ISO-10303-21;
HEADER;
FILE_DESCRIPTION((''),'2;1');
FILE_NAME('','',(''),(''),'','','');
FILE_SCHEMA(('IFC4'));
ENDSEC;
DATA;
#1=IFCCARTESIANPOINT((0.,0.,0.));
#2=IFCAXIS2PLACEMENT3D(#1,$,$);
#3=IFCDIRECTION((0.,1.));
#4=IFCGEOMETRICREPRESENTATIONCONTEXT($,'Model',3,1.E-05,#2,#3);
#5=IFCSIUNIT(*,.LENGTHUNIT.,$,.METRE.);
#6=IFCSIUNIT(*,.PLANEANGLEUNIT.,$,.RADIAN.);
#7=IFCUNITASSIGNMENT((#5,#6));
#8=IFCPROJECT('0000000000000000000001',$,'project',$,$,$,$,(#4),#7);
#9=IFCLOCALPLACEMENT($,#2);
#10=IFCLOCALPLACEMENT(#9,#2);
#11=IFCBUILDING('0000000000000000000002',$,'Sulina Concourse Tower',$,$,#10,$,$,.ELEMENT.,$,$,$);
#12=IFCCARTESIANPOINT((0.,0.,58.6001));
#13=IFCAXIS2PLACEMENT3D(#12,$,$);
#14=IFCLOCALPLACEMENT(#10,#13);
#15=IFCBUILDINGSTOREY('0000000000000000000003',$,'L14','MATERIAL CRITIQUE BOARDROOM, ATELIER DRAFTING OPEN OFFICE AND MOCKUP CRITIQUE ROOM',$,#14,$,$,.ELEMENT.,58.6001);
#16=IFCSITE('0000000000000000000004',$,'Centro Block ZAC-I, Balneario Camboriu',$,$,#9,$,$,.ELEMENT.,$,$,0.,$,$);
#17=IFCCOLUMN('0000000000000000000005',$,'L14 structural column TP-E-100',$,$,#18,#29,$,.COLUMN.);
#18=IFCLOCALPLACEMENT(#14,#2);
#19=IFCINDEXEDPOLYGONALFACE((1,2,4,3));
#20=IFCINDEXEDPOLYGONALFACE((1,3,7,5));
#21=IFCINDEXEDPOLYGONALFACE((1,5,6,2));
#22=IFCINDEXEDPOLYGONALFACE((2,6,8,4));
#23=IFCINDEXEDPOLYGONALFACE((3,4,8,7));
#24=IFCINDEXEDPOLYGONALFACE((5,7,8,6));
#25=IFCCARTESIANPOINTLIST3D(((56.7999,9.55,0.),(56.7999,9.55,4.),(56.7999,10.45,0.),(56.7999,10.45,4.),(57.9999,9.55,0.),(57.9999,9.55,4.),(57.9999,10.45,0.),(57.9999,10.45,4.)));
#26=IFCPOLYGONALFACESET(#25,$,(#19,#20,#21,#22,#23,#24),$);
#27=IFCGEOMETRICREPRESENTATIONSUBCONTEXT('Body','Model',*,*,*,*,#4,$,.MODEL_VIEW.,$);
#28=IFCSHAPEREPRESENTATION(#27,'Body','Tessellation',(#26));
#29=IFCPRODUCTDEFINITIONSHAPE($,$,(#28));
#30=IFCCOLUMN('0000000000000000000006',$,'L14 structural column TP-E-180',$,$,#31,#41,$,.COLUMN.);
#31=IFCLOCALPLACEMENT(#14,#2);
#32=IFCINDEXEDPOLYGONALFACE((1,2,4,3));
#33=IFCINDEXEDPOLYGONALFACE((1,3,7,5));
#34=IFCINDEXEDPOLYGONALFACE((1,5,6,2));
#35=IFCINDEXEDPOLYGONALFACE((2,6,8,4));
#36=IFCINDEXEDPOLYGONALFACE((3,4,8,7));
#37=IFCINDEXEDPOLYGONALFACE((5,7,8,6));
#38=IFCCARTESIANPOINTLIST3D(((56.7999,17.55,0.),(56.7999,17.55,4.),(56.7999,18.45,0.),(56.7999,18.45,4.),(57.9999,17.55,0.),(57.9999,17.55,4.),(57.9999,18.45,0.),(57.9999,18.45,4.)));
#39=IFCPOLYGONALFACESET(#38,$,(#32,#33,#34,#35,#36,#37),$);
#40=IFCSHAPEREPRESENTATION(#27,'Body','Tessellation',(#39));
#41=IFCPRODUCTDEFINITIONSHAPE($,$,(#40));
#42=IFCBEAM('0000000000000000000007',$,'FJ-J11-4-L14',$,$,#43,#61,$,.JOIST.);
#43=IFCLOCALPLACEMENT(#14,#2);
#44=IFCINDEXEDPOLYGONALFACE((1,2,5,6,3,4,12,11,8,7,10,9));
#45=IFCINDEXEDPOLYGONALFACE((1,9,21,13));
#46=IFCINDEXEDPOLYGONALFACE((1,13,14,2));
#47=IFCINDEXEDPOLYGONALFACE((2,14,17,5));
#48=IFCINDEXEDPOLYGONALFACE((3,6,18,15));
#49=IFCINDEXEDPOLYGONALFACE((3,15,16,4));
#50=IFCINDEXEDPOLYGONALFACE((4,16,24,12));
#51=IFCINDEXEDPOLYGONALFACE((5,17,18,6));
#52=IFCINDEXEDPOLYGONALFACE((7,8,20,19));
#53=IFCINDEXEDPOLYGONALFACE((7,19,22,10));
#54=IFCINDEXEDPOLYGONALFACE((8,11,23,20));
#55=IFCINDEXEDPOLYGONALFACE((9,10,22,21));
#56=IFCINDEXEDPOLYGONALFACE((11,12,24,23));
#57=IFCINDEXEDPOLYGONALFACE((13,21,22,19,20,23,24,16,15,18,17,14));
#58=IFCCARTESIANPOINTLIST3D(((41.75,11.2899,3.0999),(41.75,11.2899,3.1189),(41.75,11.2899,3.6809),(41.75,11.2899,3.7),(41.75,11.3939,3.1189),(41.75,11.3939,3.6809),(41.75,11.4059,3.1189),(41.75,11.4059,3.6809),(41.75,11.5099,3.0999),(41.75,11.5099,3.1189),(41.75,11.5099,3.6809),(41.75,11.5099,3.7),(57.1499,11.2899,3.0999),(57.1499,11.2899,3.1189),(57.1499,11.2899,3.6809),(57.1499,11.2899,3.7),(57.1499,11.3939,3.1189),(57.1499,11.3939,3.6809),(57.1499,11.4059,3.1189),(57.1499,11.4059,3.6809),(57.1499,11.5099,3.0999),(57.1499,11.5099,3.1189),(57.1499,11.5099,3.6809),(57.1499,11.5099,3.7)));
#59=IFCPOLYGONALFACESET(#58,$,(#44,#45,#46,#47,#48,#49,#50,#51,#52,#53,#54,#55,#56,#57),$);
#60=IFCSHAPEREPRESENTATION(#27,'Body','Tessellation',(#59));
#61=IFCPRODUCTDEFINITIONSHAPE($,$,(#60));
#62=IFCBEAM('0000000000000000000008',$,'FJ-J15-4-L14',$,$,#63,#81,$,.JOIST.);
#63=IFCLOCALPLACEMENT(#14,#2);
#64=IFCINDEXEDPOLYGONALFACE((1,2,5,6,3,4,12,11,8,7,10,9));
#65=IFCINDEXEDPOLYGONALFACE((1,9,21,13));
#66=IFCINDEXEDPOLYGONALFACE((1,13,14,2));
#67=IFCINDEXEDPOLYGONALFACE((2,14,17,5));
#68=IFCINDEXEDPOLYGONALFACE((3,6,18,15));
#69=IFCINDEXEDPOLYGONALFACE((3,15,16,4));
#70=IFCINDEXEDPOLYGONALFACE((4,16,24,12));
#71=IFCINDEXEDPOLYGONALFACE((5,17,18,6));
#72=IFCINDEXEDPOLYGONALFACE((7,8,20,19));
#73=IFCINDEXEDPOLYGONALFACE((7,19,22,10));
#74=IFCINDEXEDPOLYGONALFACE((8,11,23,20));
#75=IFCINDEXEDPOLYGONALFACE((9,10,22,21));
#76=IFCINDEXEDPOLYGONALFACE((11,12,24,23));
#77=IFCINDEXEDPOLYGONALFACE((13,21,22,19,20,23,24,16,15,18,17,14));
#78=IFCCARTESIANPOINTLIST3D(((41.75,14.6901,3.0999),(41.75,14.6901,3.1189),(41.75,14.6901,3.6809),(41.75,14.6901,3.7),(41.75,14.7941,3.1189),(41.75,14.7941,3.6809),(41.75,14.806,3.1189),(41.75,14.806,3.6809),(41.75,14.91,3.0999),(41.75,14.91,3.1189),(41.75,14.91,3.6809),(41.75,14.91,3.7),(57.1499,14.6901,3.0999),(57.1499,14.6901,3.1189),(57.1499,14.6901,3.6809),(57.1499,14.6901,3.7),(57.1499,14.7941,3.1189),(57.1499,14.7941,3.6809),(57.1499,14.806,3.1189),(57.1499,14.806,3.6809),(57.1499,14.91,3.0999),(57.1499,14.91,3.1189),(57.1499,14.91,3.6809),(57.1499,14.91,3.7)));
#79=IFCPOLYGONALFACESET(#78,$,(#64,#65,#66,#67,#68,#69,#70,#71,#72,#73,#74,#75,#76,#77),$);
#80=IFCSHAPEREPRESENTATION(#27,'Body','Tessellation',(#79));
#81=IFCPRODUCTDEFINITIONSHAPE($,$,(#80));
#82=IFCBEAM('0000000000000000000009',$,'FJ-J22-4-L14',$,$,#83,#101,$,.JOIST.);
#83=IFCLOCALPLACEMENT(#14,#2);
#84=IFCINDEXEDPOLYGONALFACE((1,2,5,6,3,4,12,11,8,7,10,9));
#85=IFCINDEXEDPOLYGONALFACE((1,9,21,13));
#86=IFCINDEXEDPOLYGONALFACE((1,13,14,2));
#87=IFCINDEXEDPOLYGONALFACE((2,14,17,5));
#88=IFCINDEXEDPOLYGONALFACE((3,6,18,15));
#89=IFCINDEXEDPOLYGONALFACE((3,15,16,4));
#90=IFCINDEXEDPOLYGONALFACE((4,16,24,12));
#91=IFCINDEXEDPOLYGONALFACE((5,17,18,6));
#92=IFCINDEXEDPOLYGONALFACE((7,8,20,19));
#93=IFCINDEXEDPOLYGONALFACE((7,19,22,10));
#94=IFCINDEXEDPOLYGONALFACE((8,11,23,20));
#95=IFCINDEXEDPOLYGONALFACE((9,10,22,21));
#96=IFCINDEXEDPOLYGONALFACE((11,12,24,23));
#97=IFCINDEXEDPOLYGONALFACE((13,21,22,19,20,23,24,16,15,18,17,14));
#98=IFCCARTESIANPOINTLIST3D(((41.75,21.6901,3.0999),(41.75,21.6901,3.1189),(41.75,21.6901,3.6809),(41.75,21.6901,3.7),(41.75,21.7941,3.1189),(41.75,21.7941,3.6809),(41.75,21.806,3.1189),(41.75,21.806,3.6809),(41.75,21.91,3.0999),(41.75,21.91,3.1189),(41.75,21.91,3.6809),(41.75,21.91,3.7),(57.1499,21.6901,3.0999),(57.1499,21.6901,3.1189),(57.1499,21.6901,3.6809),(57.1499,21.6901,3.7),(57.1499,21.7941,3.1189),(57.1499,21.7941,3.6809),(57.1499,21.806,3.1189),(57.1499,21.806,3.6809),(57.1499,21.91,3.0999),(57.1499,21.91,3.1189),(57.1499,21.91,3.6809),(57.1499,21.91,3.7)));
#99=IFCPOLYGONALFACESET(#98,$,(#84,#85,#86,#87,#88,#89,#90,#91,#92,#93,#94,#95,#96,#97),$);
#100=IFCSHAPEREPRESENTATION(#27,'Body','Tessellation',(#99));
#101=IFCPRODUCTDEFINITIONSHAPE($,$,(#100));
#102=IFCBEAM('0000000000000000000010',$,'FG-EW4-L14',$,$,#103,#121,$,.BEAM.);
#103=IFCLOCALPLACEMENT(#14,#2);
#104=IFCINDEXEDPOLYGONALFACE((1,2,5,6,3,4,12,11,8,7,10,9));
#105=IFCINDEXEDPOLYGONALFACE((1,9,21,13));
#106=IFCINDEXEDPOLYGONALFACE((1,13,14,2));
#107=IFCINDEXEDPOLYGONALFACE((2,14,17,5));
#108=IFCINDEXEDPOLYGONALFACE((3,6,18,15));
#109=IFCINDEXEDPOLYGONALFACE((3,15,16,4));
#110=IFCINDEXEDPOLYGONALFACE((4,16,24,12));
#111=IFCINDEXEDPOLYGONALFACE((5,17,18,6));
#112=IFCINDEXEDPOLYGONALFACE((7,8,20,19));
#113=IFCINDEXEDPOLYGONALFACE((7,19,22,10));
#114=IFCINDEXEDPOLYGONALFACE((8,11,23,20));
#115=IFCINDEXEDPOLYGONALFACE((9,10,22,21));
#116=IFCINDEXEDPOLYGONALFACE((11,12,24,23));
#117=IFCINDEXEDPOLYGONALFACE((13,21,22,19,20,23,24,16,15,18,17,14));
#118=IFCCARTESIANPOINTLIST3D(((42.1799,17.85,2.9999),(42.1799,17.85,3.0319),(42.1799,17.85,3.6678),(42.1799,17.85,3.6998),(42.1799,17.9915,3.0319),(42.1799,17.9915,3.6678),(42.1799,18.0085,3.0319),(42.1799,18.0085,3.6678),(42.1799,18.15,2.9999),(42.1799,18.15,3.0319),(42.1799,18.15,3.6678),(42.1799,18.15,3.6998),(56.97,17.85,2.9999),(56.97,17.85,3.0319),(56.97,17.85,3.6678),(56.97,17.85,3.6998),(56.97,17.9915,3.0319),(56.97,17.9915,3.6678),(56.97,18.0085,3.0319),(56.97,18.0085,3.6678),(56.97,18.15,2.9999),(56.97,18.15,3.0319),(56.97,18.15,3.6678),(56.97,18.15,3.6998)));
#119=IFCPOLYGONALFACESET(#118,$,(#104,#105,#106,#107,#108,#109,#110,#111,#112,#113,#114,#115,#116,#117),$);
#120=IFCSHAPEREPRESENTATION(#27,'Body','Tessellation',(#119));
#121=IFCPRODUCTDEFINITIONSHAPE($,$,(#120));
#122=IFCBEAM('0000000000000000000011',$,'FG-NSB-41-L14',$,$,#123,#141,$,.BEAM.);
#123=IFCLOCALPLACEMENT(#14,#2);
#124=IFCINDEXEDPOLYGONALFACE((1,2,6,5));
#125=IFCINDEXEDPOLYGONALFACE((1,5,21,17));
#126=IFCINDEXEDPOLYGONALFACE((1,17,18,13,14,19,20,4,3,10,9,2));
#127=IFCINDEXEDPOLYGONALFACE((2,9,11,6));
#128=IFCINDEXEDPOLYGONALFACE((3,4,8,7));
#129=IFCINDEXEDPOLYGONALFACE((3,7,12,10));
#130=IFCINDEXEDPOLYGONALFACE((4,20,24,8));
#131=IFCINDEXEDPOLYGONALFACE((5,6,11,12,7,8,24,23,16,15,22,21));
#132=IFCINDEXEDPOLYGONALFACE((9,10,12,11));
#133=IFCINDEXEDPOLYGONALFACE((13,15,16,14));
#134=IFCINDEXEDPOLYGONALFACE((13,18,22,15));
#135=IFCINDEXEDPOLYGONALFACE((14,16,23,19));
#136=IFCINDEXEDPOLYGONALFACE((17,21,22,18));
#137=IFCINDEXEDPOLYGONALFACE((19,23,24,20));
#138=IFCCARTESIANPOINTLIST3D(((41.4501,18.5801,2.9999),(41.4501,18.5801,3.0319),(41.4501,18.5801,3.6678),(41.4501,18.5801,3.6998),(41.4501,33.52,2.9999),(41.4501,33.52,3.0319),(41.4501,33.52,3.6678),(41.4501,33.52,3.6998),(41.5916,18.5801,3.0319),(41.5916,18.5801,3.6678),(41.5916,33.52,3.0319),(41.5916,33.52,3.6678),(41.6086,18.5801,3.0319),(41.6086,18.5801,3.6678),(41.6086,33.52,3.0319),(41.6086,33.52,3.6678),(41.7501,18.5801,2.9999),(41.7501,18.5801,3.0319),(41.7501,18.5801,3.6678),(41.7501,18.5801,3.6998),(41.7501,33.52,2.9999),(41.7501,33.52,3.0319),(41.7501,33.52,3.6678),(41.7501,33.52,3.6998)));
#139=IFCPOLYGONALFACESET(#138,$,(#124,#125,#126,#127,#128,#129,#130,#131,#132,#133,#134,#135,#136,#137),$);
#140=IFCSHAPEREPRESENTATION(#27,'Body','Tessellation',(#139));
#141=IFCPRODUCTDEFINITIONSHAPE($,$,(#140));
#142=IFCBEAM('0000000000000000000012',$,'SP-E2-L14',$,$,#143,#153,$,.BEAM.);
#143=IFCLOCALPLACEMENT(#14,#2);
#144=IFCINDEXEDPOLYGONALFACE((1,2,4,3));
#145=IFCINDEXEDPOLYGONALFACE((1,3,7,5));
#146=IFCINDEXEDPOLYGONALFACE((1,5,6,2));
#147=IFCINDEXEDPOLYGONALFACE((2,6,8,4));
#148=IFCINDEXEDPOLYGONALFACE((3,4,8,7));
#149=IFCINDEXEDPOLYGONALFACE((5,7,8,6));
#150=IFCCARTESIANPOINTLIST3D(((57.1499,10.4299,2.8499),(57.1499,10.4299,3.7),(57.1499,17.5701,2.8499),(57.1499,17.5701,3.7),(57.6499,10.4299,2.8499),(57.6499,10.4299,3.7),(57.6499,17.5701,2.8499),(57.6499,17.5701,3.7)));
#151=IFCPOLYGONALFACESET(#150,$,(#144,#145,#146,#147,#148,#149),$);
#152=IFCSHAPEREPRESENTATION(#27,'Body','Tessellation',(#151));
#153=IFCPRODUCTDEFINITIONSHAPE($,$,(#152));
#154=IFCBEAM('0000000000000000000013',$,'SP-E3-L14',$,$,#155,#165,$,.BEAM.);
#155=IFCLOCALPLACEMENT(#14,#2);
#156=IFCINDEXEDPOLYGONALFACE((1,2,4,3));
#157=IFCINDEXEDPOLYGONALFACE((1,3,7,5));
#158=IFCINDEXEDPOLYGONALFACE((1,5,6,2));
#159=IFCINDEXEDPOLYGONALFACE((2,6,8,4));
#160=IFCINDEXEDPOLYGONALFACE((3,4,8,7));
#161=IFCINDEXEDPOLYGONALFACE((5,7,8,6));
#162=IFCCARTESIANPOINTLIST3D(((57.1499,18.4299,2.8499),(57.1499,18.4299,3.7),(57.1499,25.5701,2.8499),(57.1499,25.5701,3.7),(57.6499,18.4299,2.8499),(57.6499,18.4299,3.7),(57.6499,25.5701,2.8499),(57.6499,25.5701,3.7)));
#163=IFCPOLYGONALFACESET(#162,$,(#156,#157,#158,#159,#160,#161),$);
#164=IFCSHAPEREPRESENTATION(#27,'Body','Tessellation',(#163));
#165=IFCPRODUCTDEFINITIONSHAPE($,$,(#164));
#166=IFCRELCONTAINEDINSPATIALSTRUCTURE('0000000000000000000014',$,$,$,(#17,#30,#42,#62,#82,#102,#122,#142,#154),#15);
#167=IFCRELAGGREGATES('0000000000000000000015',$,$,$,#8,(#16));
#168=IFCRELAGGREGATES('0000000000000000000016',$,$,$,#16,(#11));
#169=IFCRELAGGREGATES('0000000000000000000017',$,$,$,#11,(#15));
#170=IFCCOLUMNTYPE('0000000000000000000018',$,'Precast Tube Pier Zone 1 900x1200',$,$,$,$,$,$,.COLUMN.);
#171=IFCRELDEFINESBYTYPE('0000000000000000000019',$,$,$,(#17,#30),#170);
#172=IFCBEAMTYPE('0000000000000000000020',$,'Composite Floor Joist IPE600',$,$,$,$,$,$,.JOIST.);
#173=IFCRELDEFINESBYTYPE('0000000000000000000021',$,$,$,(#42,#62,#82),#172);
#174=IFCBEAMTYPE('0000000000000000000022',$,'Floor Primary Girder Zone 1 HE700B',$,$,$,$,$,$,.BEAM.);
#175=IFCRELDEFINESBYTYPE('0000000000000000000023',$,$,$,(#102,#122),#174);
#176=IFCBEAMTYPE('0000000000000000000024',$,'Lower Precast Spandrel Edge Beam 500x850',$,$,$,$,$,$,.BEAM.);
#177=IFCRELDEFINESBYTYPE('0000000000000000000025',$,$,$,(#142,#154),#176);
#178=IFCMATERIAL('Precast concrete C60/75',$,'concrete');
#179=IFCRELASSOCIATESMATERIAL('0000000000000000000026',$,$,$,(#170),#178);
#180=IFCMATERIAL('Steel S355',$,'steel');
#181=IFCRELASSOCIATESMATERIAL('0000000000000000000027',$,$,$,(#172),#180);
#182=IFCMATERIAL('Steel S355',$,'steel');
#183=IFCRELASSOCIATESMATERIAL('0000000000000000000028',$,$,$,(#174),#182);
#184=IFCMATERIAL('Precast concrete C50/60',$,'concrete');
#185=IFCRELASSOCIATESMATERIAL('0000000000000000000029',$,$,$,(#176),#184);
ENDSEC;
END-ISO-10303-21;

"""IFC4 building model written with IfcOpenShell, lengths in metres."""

from ifc_helpers import new_model, si_unit, direction, frame, origin, origin_2d, place, context, subcontext, project, spatial, rectangle, i_section, extrude, material, material_profile, profile_set, type_object, element, save


model = new_model("IFC4")

# Units and contexts
model_context = context("Model", 3, precision=1e-05, world=origin(), true_north=direction((0.0, 1.0)))
body_context = subcontext(model_context, "Body", "Model", "MODEL_VIEW")
ifc_project = project(units=[si_unit("LENGTHUNIT", "METRE"), si_unit("PLANEANGLEUNIT", "RADIAN")], contexts=[model_context])

# Site, building, storey
site_placement = place(None, origin())
site = spatial("IfcSite", under=ifc_project, at=site_placement, Name="Centro Block ZAC-I, Balneario Camboriu", CompositionType="ELEMENT", RefElevation=0.0)
building_placement = place(site_placement, origin())
building = spatial("IfcBuilding", under=site, at=building_placement, Name="Sulina Concourse Tower", CompositionType="ELEMENT")
storey_placement = place(building_placement, frame((0.0, 0.0, 58.6001)))
storey = spatial("IfcBuildingStorey", under=building, at=storey_placement, Name="L14", Description="MATERIAL CRITIQUE BOARDROOM, ATELIER DRAFTING OPEN OFFICE AND MOCKUP CRITIQUE ROOM", CompositionType="ELEMENT", Elevation=58.6001)

# Columns
ifc_material_1 = material(Name="Precast concrete C60/75", Category="concrete")
ifc_material_profile_1 = material_profile(ifc_material_1, rectangle(XDim=0.8999, YDim=1.2, at=origin_2d()), Name="PC 900x1200")
ifc_profile_set_1 = profile_set([ifc_material_profile_1], Name="Precast concrete C60/75")
column_type = type_object("IfcColumnType", Name="Precast Tube Pier Zone 1 900x1200", PredefinedType="COLUMN", material=ifc_profile_set_1)
for number, where, z_axis, x_axis, name in (
    (1, (57.3999, 10.0, 0.0), (0.0, 0.0, 1.0), (0.0, 1.0, 0.0), "L14 structural column TP-E-100"),
    (2, (57.3999, 18.0, 0.0), (0.0, 0.0, 1.0), (0.0, 1.0, 0.0), "L14 structural column TP-E-180"),
):
    element("IfcColumn", number, at=place(storey_placement, frame(where, z_axis=z_axis, x_axis=x_axis)), inside=storey, type_object=column_type, Name=name, PredefinedType="COLUMN", context=body_context, shape_type="SweptSolid", body=[
        extrude(rectangle(XDim=0.8999, YDim=1.2, at=origin_2d()), origin(), (0.0, 0.0, 1.0), 4.0),
    ])

# Beams
ifc_material_2 = material(Name="Steel S355", Category="steel")
ifc_material_profile_2 = material_profile(ifc_material_2, i_section(OverallWidth=0.22, OverallDepth=0.6001, WebThickness=0.012, FlangeThickness=0.019, at=origin_2d()), Name="IPE 600")
ifc_profile_set_2 = profile_set([ifc_material_profile_2], Name="Steel S355")
beam_type_1 = type_object("IfcBeamType", Name="Composite Floor Joist IPE600", PredefinedType="JOIST", material=ifc_profile_set_2)
for number, where, z_axis, x_axis, name in (
    (3, (41.75, 11.3999, 3.3999), (1.0, 0.0, 0.0), (0.0, 1.0, 0.0), "FJ-J11-4-L14"),
    (4, (41.75, 14.8, 3.3999), (1.0, 0.0, 0.0), (0.0, 1.0, 0.0), "FJ-J15-4-L14"),
    (5, (41.75, 21.8, 3.3999), (1.0, 0.0, 0.0), (0.0, 1.0, 0.0), "FJ-J22-4-L14"),
):
    element("IfcBeam", number, at=place(storey_placement, frame(where, z_axis=z_axis, x_axis=x_axis)), inside=storey, type_object=beam_type_1, Name=name, PredefinedType="JOIST", context=body_context, shape_type="SweptSolid", body=[
        extrude(i_section(OverallWidth=0.22, OverallDepth=0.6001, WebThickness=0.012, FlangeThickness=0.019, at=origin_2d()), origin(), (0.0, 0.0, 1.0), 15.3999),
    ])
ifc_material_3 = material(Name="Steel S355", Category="steel")
ifc_material_profile_3 = material_profile(ifc_material_3, i_section(OverallWidth=0.3, OverallDepth=0.7, WebThickness=0.0171, FlangeThickness=0.032, at=origin_2d()), Name="HE 700 B")
ifc_profile_set_3 = profile_set([ifc_material_profile_3], Name="Steel S355")
beam_type_2 = type_object("IfcBeamType", Name="Floor Primary Girder Zone 1 HE700B", PredefinedType="BEAM", material=ifc_profile_set_3)
beam_1_placement = place(storey_placement, frame((42.1799, 18.0, 3.3499), z_axis=(1.0, 0.0, 0.0), x_axis=(0.0, 1.0, 0.0)))
element("IfcBeam", 6, at=beam_1_placement, inside=storey, type_object=beam_type_2, Name="FG-EW4-L14", PredefinedType="BEAM", context=body_context, shape_type="SweptSolid", body=[
    extrude(i_section(OverallWidth=0.3, OverallDepth=0.7, WebThickness=0.0171, FlangeThickness=0.032, at=origin_2d()), origin(), (0.0, 0.0, 1.0), 14.79),
])
beam_2_placement = place(storey_placement, frame((41.6001, 18.5801, 3.3499), z_axis=(0.0, 1.0, 0.0), x_axis=(-1.0, 0.0, 0.0)))
element("IfcBeam", 7, at=beam_2_placement, inside=storey, type_object=beam_type_2, Name="FG-NSB-41-L14", PredefinedType="BEAM", context=body_context, shape_type="SweptSolid", body=[
    extrude(i_section(OverallWidth=0.3, OverallDepth=0.7, WebThickness=0.0171, FlangeThickness=0.032, at=origin_2d()), origin(), (0.0, 0.0, 1.0), 14.9399),
])
ifc_material_4 = material(Name="Precast concrete C50/60", Category="concrete")
ifc_material_profile_4 = material_profile(ifc_material_4, rectangle(XDim=0.5, YDim=0.8501, at=origin_2d()), Name="RC 500x850")
ifc_profile_set_4 = profile_set([ifc_material_profile_4], Name="Precast concrete C50/60")
beam_type_3 = type_object("IfcBeamType", Name="Lower Precast Spandrel Edge Beam 500x850", PredefinedType="BEAM", material=ifc_profile_set_4)
for number, where, z_axis, x_axis, name in (
    (8, (57.3999, 10.4299, 3.2749), (0.0, 1.0, 0.0), (-1.0, 0.0, 0.0), "SP-E2-L14"),
    (9, (57.3999, 18.4299, 3.2749), (0.0, 1.0, 0.0), (-1.0, 0.0, 0.0), "SP-E3-L14"),
):
    element("IfcBeam", number, at=place(storey_placement, frame(where, z_axis=z_axis, x_axis=x_axis)), inside=storey, type_object=beam_type_3, Name=name, PredefinedType="BEAM", context=body_context, shape_type="SweptSolid", body=[
        extrude(rectangle(XDim=0.5, YDim=0.8501, at=origin_2d()), origin(), (0.0, 0.0, 1.0), 7.1401),
    ])

save(model, "model.ifc")
